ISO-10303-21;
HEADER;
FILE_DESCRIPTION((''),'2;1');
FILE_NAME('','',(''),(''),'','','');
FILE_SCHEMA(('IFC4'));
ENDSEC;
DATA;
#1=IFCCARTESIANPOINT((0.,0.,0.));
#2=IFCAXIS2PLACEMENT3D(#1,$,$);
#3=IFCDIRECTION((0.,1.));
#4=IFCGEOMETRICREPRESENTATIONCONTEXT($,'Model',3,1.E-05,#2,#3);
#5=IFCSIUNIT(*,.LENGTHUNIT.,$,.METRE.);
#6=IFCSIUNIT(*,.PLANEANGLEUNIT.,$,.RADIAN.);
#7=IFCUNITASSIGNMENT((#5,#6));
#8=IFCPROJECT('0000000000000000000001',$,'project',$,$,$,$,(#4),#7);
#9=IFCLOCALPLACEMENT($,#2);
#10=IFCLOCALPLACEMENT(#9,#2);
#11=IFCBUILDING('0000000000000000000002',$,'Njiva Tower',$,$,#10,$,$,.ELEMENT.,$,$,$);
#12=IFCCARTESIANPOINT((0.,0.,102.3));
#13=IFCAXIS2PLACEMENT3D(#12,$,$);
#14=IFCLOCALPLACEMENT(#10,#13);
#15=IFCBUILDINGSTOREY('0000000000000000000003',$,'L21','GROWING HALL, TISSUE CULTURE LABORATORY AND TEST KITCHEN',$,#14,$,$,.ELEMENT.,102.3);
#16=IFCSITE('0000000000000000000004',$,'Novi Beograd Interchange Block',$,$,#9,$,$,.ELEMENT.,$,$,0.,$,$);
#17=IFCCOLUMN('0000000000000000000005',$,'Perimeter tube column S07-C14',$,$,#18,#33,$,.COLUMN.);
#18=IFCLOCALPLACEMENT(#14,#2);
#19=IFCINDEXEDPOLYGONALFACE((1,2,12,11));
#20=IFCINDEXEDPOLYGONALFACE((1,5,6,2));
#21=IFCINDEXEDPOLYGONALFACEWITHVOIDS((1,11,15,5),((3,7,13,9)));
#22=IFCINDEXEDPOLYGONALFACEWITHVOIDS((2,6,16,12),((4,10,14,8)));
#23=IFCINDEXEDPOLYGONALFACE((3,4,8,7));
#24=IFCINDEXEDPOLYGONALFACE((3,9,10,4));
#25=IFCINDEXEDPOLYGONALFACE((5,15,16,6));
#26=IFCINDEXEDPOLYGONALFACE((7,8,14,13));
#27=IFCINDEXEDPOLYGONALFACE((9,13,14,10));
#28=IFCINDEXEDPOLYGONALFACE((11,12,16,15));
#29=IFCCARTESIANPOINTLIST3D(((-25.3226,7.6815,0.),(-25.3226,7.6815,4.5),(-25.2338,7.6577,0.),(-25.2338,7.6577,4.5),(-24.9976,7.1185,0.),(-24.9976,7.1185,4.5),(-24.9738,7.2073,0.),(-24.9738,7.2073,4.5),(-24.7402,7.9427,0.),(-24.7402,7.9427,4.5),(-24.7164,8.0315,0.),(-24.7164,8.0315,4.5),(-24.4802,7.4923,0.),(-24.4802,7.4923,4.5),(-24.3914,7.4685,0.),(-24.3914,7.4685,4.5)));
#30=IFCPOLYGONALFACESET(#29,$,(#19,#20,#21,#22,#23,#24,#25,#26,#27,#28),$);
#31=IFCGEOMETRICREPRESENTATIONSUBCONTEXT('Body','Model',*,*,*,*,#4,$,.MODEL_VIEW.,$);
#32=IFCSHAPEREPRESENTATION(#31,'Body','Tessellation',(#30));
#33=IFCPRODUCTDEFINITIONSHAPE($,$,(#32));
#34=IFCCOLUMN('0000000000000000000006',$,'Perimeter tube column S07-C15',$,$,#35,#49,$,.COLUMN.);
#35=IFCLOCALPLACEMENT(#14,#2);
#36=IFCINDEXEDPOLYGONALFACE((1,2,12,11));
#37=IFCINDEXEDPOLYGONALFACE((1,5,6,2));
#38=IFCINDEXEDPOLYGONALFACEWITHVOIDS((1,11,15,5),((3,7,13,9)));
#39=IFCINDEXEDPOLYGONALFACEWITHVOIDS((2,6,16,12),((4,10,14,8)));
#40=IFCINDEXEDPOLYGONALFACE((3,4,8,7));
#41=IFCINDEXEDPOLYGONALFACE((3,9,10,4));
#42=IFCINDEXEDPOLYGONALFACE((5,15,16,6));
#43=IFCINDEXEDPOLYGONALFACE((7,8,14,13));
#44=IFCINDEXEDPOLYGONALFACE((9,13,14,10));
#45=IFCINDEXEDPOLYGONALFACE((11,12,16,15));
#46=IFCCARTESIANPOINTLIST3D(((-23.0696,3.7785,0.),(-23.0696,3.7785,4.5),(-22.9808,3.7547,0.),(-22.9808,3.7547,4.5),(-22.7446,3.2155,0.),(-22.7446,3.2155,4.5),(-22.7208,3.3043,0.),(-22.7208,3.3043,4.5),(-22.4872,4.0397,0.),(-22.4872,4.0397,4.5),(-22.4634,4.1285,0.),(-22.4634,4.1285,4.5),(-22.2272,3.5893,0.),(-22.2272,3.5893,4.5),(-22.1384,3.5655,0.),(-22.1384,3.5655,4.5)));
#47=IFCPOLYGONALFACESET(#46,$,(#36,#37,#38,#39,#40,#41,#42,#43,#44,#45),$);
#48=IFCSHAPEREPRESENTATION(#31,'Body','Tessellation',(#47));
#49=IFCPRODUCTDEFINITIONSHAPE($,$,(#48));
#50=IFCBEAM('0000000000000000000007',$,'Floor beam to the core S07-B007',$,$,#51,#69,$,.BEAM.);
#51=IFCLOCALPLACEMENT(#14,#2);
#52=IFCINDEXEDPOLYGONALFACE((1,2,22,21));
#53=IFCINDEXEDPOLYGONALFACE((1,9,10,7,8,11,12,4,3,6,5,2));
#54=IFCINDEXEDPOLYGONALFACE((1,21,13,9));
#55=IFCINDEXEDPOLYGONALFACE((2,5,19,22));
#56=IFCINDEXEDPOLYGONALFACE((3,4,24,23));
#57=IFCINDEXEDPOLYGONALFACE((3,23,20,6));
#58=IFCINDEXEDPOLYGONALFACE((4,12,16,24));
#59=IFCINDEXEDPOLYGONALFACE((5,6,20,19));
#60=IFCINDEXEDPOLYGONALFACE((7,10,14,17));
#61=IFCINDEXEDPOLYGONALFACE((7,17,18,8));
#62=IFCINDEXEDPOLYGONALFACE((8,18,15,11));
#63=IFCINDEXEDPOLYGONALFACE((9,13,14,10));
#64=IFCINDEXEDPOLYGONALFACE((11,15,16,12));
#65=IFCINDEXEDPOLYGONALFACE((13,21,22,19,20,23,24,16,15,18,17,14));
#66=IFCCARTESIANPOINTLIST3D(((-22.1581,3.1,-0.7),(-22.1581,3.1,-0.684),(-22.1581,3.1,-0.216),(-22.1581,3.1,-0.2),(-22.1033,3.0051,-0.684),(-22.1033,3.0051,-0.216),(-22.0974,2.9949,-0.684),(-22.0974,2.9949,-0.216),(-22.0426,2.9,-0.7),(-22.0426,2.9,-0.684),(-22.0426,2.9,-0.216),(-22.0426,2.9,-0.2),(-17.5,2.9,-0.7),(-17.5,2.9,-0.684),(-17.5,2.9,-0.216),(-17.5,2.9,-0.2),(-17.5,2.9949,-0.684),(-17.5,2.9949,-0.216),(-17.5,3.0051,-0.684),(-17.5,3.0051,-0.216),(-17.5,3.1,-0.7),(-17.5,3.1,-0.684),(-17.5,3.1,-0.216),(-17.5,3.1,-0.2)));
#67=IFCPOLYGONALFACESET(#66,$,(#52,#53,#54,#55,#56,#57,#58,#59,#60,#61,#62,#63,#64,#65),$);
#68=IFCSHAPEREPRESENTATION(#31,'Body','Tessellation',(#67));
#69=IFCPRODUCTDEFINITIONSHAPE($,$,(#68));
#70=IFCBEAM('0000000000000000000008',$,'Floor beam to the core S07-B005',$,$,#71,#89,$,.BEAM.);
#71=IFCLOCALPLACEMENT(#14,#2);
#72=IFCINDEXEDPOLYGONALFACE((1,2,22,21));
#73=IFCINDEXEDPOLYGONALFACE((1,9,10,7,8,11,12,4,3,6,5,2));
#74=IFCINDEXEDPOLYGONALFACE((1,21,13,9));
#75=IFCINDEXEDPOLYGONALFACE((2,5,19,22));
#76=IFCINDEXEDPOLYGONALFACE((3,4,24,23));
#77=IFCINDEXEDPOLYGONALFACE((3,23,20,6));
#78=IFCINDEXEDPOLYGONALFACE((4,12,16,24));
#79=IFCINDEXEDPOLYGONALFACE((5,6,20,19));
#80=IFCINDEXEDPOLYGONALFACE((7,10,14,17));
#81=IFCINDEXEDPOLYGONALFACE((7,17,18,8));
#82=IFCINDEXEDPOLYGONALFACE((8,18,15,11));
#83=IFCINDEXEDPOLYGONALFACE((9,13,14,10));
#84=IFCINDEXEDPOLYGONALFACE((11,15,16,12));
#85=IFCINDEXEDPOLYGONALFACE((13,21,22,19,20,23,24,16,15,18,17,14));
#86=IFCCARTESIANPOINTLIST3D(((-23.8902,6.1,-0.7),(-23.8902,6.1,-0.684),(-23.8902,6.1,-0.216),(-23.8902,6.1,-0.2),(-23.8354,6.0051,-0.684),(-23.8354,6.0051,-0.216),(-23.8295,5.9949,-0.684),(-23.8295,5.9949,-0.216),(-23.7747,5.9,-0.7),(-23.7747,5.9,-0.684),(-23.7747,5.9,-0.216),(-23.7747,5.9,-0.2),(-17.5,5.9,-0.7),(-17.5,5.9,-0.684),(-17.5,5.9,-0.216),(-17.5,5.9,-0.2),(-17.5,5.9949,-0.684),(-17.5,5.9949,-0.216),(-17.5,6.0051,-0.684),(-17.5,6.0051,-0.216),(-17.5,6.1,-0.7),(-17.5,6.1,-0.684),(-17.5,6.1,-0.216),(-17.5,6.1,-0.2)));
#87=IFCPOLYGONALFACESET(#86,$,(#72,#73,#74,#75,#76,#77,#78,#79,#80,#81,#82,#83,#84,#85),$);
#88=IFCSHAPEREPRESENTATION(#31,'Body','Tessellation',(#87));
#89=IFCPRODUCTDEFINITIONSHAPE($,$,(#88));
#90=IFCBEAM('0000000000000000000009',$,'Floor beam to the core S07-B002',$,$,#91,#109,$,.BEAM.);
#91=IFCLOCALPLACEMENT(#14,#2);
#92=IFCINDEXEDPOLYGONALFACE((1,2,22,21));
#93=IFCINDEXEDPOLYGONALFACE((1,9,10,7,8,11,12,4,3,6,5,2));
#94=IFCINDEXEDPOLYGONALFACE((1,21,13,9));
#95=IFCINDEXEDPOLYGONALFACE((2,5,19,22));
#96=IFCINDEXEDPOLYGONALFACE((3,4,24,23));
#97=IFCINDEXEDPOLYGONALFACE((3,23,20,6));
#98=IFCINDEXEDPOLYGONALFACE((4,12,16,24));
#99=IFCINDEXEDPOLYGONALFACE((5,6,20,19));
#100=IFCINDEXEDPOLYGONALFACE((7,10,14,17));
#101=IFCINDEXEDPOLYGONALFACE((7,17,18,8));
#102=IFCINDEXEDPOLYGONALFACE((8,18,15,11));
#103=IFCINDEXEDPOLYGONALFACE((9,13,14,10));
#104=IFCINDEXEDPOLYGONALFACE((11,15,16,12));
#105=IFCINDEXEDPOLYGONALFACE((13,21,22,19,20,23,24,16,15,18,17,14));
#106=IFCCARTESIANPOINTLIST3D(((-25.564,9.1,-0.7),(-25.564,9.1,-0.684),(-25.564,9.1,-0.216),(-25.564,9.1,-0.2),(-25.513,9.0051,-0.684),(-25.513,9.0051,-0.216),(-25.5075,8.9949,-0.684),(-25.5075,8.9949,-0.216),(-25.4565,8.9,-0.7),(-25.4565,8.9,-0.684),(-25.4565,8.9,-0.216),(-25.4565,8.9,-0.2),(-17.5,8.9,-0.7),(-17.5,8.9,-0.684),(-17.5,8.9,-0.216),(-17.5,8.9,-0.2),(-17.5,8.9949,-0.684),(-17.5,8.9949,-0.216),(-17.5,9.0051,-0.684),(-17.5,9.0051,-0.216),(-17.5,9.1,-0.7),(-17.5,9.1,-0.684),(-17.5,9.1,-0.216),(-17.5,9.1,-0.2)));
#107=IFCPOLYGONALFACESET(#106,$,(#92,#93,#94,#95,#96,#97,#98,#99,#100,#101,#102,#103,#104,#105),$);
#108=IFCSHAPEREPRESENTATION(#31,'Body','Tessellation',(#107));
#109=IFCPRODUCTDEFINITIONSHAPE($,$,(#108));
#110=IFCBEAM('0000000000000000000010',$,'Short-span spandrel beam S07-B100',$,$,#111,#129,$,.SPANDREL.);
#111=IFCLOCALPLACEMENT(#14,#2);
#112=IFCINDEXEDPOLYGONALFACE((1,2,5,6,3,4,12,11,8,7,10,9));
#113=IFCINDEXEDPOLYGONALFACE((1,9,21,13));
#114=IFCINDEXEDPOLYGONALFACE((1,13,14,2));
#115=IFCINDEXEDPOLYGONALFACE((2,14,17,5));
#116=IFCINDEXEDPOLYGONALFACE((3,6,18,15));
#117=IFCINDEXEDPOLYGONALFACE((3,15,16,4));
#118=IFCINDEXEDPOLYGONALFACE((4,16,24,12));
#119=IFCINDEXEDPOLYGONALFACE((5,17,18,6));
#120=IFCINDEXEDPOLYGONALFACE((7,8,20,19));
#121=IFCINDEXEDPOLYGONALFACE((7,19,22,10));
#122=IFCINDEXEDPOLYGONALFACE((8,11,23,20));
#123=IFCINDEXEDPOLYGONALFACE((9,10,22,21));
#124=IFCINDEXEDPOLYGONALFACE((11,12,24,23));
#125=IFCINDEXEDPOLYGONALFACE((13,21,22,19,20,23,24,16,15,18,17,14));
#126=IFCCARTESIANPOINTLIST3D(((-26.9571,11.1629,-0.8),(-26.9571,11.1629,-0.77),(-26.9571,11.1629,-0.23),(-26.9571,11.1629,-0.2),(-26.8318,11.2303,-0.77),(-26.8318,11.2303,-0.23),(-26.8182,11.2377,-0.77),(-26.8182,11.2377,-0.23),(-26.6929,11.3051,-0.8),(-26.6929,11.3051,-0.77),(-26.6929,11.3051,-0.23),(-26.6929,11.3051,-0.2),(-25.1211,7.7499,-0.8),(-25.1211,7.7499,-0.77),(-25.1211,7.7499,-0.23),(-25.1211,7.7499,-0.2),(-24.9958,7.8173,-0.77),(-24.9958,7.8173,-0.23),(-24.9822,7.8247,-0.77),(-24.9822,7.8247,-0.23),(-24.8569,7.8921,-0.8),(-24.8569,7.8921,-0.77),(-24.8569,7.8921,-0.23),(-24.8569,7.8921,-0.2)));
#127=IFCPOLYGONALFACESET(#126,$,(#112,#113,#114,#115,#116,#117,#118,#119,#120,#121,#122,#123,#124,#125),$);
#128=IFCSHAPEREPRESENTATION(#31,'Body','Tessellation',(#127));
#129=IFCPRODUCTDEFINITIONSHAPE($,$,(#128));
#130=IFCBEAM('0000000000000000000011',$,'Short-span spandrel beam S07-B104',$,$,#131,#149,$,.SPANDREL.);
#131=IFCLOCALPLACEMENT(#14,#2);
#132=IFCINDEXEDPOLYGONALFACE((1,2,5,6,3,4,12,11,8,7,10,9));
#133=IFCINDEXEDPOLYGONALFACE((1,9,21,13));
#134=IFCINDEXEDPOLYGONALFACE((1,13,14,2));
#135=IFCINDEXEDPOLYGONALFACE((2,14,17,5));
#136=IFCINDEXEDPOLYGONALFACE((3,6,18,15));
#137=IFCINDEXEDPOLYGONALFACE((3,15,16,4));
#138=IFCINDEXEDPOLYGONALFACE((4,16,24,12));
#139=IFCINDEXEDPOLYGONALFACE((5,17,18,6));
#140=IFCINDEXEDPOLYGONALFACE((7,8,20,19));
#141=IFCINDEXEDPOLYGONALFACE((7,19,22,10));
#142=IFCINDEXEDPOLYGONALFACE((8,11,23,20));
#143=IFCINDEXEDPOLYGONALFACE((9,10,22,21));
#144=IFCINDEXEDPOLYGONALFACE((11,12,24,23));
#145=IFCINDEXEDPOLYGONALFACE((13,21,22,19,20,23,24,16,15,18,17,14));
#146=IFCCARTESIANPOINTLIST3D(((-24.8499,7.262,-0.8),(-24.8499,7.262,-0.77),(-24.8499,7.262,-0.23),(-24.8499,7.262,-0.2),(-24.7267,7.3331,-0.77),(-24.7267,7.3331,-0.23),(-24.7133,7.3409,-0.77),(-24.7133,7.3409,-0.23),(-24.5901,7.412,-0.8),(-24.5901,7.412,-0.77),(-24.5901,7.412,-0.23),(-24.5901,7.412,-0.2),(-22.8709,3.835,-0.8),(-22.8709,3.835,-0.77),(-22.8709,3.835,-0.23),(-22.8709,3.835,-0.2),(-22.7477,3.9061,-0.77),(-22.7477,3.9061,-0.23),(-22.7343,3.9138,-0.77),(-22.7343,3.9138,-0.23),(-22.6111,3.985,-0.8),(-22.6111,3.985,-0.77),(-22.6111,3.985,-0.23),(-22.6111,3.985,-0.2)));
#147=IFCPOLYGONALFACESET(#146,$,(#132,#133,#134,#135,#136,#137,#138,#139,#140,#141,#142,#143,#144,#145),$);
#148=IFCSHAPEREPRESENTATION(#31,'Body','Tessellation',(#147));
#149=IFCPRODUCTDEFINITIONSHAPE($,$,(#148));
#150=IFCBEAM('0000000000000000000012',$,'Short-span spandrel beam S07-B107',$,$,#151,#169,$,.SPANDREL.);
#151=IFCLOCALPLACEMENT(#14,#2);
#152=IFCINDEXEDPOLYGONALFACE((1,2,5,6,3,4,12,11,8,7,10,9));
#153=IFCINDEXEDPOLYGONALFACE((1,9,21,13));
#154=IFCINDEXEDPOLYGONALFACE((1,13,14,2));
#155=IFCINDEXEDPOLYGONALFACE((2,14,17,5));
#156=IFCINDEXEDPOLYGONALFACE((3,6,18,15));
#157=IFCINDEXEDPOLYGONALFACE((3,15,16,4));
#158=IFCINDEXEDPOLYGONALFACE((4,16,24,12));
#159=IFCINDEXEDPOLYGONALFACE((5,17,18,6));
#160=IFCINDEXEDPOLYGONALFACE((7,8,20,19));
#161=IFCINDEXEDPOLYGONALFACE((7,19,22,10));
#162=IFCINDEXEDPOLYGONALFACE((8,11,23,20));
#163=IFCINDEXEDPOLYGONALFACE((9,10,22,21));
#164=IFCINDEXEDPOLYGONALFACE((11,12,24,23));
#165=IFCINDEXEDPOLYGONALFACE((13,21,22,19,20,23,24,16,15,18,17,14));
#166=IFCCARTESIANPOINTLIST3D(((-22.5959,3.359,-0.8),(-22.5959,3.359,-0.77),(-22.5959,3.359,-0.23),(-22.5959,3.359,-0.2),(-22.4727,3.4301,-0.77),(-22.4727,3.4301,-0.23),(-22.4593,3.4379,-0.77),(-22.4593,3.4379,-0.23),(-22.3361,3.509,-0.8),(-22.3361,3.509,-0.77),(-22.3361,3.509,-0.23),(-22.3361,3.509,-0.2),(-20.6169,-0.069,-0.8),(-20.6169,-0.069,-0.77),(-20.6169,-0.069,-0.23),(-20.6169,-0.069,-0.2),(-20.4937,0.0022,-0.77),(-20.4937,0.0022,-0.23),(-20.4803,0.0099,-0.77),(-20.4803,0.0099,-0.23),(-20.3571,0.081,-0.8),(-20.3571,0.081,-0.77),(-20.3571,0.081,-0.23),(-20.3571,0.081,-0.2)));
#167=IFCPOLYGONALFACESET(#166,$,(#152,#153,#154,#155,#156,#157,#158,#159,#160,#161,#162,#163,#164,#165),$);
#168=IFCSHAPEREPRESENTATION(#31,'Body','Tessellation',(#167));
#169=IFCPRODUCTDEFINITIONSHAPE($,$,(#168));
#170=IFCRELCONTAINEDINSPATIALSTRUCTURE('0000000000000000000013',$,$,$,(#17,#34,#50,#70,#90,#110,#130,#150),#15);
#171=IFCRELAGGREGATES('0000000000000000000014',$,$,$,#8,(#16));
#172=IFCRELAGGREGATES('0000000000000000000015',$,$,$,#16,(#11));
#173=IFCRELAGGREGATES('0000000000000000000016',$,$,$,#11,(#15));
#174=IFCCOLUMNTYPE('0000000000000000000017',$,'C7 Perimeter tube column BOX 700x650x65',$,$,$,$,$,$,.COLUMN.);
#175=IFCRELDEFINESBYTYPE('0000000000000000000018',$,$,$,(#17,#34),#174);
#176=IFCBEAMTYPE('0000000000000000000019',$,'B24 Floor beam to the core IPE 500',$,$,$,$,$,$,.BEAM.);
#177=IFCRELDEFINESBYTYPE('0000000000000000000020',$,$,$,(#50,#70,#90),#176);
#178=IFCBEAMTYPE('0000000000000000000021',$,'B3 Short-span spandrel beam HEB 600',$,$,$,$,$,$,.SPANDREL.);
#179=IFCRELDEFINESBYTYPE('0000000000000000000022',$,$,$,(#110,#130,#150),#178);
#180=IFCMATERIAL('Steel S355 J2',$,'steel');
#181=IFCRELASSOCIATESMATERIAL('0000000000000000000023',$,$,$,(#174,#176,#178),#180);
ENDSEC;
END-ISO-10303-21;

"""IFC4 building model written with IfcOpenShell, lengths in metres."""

from ifc_helpers import new_model, si_unit, direction, frame, origin, origin_2d, place, context, subcontext, project, spatial, hollow_rectangle, i_section, extrude, clip, halfspace, material, material_profile, profile_set, type_object, element, save


model = new_model("IFC4")

# Units and contexts
model_context = context("Model", 3, precision=1e-05, world=origin(), true_north=direction((0.0, 1.0)))
body_context = subcontext(model_context, "Body", "Model", "MODEL_VIEW")
ifc_project = project(units=[si_unit("LENGTHUNIT", "METRE"), si_unit("PLANEANGLEUNIT", "RADIAN")], contexts=[model_context])

# Site, building, storey
site_placement = place(None, origin())
site = spatial("IfcSite", under=ifc_project, at=site_placement, Name="Novi Beograd Interchange Block", CompositionType="ELEMENT", RefElevation=0.0)
building_placement = place(site_placement, origin())
building = spatial("IfcBuilding", under=site, at=building_placement, Name="Njiva Tower", CompositionType="ELEMENT")
storey_placement = place(building_placement, frame((0.0, 0.0, 102.3)))
storey = spatial("IfcBuildingStorey", under=building, at=storey_placement, Name="L21", Description="GROWING HALL, TISSUE CULTURE LABORATORY AND TEST KITCHEN", CompositionType="ELEMENT", Elevation=102.3)

# Columns
ifc_material_1 = material(Name="Steel S355 J2", Category="steel")
ifc_material_profile_1 = material_profile(ifc_material_1, hollow_rectangle(XDim=0.65, YDim=0.7, WallThickness=0.065, at=origin_2d()), Name="BOX 700x650x65")
ifc_profile_set_1 = profile_set([ifc_material_profile_1], Name="Steel S355 J2")
column_type = type_object("IfcColumnType", Name="C7 Perimeter tube column BOX 700x650x65", PredefinedType="COLUMN", material=ifc_profile_set_1)
for number, where, z_axis, x_axis, name in (
    (1, (-24.857, 7.575, 0.0), (0.0, 0.0, 1.0), (0.5, -0.866025, 0.0), "Perimeter tube column S07-C14"),
    (2, (-22.604, 3.672, 0.0), (0.0, 0.0, 1.0), (0.5, -0.866025, 0.0), "Perimeter tube column S07-C15"),
):
    element("IfcColumn", number, at=place(storey_placement, frame(where, z_axis=z_axis, x_axis=x_axis)), inside=storey, type_object=column_type, Name=name, PredefinedType="COLUMN", context=body_context, shape_type="SweptSolid", body=[
        extrude(hollow_rectangle(XDim=0.65, YDim=0.7, WallThickness=0.065, at=origin_2d()), origin(), (0.0, 0.0, 1.0), 4.5),
    ])

# Beams
ifc_material_profile_2 = material_profile(ifc_material_1, i_section(OverallWidth=0.2, OverallDepth=0.5, WebThickness=0.0102, FlangeThickness=0.016, at=origin_2d()), Name="IPE 500")
ifc_profile_set_2 = profile_set([ifc_material_profile_2], Name="Steel S355 J2")
beam_type_1 = type_object("IfcBeamType", Name="B24 Floor beam to the core IPE 500", PredefinedType="BEAM", material=ifc_profile_set_2)
beam_1_placement = place(storey_placement, frame((-22.178, 3.0, -0.45), z_axis=(1.0, 0.0, 0.0), x_axis=(0.0, 1.0, 0.0)))
element("IfcBeam", 3, at=beam_1_placement, inside=storey, type_object=beam_type_1, Name="Floor beam to the core S07-B007", PredefinedType="BEAM", context=body_context, shape_type="Clipping", body=[
    clip(extrude(i_section(OverallWidth=0.2, OverallDepth=0.5, WebThickness=0.0102, FlangeThickness=0.016, at=origin_2d()), origin(), (0.0, 0.0, 1.0), 4.678), halfspace(frame((-0.025, 0.0, 0.0921), z_axis=(-0.499998, 0.0, -0.866027), x_axis=(0.0, -1.0, 0.0)), False)),
])
beam_2_placement = place(storey_placement, frame((-23.91, 6.0, -0.45), z_axis=(1.0, 0.0, 0.0), x_axis=(0.0, 1.0, 0.0)))
element("IfcBeam", 4, at=beam_2_placement, inside=storey, type_object=beam_type_1, Name="Floor beam to the core S07-B005", PredefinedType="BEAM", context=body_context, shape_type="Clipping", body=[
    clip(extrude(i_section(OverallWidth=0.2, OverallDepth=0.5, WebThickness=0.0102, FlangeThickness=0.016, at=origin_2d()), origin(), (0.0, 0.0, 1.0), 6.41), halfspace(frame((-0.025, 0.0, 0.092), z_axis=(-0.499998, 0.0, -0.866027), x_axis=(0.0, -1.0, 0.0)), False)),
])
beam_3_placement = place(storey_placement, frame((-25.584, 9.0, -0.45), z_axis=(1.0, 0.0, 0.0), x_axis=(0.0, 1.0, 0.0)))
element("IfcBeam", 5, at=beam_3_placement, inside=storey, type_object=beam_type_1, Name="Floor beam to the core S07-B002", PredefinedType="BEAM", context=body_context, shape_type="Clipping", body=[
    clip(extrude(i_section(OverallWidth=0.2, OverallDepth=0.5, WebThickness=0.0102, FlangeThickness=0.016, at=origin_2d()), origin(), (0.0, 0.0, 1.0), 8.084), halfspace(frame((-0.0237, 0.0, 0.0865), z_axis=(-0.473769, 0.0, -0.880649), x_axis=(0.0, -1.0, 0.0)), False)),
])
ifc_material_profile_3 = material_profile(ifc_material_1, i_section(OverallWidth=0.3, OverallDepth=0.6, WebThickness=0.0155, FlangeThickness=0.03, at=origin_2d()), Name="HEB 600")
ifc_profile_set_3 = profile_set([ifc_material_profile_3], Name="Steel S355 J2")
beam_type_2 = type_object("IfcBeamType", Name="B3 Short-span spandrel beam HEB 600", PredefinedType="SPANDREL", material=ifc_profile_set_3)
beam_4_placement = place(storey_placement, frame((-26.825, 11.234, -0.5), z_axis=(0.473746, -0.880662, 0.0), x_axis=(0.880662, 0.473746, 0.0)))
element("IfcBeam", 6, at=beam_4_placement, inside=storey, type_object=beam_type_2, Name="Short-span spandrel beam S07-B100", PredefinedType="SPANDREL", context=body_context, shape_type="SweptSolid", body=[
    extrude(i_section(OverallWidth=0.3, OverallDepth=0.6, WebThickness=0.0155, FlangeThickness=0.03, at=origin_2d()), origin(), (0.0, 0.0, 1.0), 3.8755),
])
beam_5_placement = place(storey_placement, frame((-24.72, 7.337, -0.5), z_axis=(0.50008, -0.865979, 0.0), x_axis=(0.865979, 0.50008, 0.0)))
element("IfcBeam", 7, at=beam_5_placement, inside=storey, type_object=beam_type_2, Name="Short-span spandrel beam S07-B104", PredefinedType="SPANDREL", context=body_context, shape_type="SweptSolid", body=[
    extrude(i_section(OverallWidth=0.3, OverallDepth=0.6, WebThickness=0.0155, FlangeThickness=0.03, at=origin_2d()), origin(), (0.0, 0.0, 1.0), 3.9574),
])
beam_6_placement = place(storey_placement, frame((-22.466, 3.434, -0.5), z_axis=(0.49997, -0.866043, 0.0), x_axis=(0.866043, 0.49997, 0.0)))
element("IfcBeam", 8, at=beam_6_placement, inside=storey, type_object=beam_type_2, Name="Short-span spandrel beam S07-B107", PredefinedType="SPANDREL", context=body_context, shape_type="SweptSolid", body=[
    extrude(i_section(OverallWidth=0.3, OverallDepth=0.6, WebThickness=0.0155, FlangeThickness=0.03, at=origin_2d()), origin(), (0.0, 0.0, 1.0), 3.9582),
])

save(model, "model.ifc")
